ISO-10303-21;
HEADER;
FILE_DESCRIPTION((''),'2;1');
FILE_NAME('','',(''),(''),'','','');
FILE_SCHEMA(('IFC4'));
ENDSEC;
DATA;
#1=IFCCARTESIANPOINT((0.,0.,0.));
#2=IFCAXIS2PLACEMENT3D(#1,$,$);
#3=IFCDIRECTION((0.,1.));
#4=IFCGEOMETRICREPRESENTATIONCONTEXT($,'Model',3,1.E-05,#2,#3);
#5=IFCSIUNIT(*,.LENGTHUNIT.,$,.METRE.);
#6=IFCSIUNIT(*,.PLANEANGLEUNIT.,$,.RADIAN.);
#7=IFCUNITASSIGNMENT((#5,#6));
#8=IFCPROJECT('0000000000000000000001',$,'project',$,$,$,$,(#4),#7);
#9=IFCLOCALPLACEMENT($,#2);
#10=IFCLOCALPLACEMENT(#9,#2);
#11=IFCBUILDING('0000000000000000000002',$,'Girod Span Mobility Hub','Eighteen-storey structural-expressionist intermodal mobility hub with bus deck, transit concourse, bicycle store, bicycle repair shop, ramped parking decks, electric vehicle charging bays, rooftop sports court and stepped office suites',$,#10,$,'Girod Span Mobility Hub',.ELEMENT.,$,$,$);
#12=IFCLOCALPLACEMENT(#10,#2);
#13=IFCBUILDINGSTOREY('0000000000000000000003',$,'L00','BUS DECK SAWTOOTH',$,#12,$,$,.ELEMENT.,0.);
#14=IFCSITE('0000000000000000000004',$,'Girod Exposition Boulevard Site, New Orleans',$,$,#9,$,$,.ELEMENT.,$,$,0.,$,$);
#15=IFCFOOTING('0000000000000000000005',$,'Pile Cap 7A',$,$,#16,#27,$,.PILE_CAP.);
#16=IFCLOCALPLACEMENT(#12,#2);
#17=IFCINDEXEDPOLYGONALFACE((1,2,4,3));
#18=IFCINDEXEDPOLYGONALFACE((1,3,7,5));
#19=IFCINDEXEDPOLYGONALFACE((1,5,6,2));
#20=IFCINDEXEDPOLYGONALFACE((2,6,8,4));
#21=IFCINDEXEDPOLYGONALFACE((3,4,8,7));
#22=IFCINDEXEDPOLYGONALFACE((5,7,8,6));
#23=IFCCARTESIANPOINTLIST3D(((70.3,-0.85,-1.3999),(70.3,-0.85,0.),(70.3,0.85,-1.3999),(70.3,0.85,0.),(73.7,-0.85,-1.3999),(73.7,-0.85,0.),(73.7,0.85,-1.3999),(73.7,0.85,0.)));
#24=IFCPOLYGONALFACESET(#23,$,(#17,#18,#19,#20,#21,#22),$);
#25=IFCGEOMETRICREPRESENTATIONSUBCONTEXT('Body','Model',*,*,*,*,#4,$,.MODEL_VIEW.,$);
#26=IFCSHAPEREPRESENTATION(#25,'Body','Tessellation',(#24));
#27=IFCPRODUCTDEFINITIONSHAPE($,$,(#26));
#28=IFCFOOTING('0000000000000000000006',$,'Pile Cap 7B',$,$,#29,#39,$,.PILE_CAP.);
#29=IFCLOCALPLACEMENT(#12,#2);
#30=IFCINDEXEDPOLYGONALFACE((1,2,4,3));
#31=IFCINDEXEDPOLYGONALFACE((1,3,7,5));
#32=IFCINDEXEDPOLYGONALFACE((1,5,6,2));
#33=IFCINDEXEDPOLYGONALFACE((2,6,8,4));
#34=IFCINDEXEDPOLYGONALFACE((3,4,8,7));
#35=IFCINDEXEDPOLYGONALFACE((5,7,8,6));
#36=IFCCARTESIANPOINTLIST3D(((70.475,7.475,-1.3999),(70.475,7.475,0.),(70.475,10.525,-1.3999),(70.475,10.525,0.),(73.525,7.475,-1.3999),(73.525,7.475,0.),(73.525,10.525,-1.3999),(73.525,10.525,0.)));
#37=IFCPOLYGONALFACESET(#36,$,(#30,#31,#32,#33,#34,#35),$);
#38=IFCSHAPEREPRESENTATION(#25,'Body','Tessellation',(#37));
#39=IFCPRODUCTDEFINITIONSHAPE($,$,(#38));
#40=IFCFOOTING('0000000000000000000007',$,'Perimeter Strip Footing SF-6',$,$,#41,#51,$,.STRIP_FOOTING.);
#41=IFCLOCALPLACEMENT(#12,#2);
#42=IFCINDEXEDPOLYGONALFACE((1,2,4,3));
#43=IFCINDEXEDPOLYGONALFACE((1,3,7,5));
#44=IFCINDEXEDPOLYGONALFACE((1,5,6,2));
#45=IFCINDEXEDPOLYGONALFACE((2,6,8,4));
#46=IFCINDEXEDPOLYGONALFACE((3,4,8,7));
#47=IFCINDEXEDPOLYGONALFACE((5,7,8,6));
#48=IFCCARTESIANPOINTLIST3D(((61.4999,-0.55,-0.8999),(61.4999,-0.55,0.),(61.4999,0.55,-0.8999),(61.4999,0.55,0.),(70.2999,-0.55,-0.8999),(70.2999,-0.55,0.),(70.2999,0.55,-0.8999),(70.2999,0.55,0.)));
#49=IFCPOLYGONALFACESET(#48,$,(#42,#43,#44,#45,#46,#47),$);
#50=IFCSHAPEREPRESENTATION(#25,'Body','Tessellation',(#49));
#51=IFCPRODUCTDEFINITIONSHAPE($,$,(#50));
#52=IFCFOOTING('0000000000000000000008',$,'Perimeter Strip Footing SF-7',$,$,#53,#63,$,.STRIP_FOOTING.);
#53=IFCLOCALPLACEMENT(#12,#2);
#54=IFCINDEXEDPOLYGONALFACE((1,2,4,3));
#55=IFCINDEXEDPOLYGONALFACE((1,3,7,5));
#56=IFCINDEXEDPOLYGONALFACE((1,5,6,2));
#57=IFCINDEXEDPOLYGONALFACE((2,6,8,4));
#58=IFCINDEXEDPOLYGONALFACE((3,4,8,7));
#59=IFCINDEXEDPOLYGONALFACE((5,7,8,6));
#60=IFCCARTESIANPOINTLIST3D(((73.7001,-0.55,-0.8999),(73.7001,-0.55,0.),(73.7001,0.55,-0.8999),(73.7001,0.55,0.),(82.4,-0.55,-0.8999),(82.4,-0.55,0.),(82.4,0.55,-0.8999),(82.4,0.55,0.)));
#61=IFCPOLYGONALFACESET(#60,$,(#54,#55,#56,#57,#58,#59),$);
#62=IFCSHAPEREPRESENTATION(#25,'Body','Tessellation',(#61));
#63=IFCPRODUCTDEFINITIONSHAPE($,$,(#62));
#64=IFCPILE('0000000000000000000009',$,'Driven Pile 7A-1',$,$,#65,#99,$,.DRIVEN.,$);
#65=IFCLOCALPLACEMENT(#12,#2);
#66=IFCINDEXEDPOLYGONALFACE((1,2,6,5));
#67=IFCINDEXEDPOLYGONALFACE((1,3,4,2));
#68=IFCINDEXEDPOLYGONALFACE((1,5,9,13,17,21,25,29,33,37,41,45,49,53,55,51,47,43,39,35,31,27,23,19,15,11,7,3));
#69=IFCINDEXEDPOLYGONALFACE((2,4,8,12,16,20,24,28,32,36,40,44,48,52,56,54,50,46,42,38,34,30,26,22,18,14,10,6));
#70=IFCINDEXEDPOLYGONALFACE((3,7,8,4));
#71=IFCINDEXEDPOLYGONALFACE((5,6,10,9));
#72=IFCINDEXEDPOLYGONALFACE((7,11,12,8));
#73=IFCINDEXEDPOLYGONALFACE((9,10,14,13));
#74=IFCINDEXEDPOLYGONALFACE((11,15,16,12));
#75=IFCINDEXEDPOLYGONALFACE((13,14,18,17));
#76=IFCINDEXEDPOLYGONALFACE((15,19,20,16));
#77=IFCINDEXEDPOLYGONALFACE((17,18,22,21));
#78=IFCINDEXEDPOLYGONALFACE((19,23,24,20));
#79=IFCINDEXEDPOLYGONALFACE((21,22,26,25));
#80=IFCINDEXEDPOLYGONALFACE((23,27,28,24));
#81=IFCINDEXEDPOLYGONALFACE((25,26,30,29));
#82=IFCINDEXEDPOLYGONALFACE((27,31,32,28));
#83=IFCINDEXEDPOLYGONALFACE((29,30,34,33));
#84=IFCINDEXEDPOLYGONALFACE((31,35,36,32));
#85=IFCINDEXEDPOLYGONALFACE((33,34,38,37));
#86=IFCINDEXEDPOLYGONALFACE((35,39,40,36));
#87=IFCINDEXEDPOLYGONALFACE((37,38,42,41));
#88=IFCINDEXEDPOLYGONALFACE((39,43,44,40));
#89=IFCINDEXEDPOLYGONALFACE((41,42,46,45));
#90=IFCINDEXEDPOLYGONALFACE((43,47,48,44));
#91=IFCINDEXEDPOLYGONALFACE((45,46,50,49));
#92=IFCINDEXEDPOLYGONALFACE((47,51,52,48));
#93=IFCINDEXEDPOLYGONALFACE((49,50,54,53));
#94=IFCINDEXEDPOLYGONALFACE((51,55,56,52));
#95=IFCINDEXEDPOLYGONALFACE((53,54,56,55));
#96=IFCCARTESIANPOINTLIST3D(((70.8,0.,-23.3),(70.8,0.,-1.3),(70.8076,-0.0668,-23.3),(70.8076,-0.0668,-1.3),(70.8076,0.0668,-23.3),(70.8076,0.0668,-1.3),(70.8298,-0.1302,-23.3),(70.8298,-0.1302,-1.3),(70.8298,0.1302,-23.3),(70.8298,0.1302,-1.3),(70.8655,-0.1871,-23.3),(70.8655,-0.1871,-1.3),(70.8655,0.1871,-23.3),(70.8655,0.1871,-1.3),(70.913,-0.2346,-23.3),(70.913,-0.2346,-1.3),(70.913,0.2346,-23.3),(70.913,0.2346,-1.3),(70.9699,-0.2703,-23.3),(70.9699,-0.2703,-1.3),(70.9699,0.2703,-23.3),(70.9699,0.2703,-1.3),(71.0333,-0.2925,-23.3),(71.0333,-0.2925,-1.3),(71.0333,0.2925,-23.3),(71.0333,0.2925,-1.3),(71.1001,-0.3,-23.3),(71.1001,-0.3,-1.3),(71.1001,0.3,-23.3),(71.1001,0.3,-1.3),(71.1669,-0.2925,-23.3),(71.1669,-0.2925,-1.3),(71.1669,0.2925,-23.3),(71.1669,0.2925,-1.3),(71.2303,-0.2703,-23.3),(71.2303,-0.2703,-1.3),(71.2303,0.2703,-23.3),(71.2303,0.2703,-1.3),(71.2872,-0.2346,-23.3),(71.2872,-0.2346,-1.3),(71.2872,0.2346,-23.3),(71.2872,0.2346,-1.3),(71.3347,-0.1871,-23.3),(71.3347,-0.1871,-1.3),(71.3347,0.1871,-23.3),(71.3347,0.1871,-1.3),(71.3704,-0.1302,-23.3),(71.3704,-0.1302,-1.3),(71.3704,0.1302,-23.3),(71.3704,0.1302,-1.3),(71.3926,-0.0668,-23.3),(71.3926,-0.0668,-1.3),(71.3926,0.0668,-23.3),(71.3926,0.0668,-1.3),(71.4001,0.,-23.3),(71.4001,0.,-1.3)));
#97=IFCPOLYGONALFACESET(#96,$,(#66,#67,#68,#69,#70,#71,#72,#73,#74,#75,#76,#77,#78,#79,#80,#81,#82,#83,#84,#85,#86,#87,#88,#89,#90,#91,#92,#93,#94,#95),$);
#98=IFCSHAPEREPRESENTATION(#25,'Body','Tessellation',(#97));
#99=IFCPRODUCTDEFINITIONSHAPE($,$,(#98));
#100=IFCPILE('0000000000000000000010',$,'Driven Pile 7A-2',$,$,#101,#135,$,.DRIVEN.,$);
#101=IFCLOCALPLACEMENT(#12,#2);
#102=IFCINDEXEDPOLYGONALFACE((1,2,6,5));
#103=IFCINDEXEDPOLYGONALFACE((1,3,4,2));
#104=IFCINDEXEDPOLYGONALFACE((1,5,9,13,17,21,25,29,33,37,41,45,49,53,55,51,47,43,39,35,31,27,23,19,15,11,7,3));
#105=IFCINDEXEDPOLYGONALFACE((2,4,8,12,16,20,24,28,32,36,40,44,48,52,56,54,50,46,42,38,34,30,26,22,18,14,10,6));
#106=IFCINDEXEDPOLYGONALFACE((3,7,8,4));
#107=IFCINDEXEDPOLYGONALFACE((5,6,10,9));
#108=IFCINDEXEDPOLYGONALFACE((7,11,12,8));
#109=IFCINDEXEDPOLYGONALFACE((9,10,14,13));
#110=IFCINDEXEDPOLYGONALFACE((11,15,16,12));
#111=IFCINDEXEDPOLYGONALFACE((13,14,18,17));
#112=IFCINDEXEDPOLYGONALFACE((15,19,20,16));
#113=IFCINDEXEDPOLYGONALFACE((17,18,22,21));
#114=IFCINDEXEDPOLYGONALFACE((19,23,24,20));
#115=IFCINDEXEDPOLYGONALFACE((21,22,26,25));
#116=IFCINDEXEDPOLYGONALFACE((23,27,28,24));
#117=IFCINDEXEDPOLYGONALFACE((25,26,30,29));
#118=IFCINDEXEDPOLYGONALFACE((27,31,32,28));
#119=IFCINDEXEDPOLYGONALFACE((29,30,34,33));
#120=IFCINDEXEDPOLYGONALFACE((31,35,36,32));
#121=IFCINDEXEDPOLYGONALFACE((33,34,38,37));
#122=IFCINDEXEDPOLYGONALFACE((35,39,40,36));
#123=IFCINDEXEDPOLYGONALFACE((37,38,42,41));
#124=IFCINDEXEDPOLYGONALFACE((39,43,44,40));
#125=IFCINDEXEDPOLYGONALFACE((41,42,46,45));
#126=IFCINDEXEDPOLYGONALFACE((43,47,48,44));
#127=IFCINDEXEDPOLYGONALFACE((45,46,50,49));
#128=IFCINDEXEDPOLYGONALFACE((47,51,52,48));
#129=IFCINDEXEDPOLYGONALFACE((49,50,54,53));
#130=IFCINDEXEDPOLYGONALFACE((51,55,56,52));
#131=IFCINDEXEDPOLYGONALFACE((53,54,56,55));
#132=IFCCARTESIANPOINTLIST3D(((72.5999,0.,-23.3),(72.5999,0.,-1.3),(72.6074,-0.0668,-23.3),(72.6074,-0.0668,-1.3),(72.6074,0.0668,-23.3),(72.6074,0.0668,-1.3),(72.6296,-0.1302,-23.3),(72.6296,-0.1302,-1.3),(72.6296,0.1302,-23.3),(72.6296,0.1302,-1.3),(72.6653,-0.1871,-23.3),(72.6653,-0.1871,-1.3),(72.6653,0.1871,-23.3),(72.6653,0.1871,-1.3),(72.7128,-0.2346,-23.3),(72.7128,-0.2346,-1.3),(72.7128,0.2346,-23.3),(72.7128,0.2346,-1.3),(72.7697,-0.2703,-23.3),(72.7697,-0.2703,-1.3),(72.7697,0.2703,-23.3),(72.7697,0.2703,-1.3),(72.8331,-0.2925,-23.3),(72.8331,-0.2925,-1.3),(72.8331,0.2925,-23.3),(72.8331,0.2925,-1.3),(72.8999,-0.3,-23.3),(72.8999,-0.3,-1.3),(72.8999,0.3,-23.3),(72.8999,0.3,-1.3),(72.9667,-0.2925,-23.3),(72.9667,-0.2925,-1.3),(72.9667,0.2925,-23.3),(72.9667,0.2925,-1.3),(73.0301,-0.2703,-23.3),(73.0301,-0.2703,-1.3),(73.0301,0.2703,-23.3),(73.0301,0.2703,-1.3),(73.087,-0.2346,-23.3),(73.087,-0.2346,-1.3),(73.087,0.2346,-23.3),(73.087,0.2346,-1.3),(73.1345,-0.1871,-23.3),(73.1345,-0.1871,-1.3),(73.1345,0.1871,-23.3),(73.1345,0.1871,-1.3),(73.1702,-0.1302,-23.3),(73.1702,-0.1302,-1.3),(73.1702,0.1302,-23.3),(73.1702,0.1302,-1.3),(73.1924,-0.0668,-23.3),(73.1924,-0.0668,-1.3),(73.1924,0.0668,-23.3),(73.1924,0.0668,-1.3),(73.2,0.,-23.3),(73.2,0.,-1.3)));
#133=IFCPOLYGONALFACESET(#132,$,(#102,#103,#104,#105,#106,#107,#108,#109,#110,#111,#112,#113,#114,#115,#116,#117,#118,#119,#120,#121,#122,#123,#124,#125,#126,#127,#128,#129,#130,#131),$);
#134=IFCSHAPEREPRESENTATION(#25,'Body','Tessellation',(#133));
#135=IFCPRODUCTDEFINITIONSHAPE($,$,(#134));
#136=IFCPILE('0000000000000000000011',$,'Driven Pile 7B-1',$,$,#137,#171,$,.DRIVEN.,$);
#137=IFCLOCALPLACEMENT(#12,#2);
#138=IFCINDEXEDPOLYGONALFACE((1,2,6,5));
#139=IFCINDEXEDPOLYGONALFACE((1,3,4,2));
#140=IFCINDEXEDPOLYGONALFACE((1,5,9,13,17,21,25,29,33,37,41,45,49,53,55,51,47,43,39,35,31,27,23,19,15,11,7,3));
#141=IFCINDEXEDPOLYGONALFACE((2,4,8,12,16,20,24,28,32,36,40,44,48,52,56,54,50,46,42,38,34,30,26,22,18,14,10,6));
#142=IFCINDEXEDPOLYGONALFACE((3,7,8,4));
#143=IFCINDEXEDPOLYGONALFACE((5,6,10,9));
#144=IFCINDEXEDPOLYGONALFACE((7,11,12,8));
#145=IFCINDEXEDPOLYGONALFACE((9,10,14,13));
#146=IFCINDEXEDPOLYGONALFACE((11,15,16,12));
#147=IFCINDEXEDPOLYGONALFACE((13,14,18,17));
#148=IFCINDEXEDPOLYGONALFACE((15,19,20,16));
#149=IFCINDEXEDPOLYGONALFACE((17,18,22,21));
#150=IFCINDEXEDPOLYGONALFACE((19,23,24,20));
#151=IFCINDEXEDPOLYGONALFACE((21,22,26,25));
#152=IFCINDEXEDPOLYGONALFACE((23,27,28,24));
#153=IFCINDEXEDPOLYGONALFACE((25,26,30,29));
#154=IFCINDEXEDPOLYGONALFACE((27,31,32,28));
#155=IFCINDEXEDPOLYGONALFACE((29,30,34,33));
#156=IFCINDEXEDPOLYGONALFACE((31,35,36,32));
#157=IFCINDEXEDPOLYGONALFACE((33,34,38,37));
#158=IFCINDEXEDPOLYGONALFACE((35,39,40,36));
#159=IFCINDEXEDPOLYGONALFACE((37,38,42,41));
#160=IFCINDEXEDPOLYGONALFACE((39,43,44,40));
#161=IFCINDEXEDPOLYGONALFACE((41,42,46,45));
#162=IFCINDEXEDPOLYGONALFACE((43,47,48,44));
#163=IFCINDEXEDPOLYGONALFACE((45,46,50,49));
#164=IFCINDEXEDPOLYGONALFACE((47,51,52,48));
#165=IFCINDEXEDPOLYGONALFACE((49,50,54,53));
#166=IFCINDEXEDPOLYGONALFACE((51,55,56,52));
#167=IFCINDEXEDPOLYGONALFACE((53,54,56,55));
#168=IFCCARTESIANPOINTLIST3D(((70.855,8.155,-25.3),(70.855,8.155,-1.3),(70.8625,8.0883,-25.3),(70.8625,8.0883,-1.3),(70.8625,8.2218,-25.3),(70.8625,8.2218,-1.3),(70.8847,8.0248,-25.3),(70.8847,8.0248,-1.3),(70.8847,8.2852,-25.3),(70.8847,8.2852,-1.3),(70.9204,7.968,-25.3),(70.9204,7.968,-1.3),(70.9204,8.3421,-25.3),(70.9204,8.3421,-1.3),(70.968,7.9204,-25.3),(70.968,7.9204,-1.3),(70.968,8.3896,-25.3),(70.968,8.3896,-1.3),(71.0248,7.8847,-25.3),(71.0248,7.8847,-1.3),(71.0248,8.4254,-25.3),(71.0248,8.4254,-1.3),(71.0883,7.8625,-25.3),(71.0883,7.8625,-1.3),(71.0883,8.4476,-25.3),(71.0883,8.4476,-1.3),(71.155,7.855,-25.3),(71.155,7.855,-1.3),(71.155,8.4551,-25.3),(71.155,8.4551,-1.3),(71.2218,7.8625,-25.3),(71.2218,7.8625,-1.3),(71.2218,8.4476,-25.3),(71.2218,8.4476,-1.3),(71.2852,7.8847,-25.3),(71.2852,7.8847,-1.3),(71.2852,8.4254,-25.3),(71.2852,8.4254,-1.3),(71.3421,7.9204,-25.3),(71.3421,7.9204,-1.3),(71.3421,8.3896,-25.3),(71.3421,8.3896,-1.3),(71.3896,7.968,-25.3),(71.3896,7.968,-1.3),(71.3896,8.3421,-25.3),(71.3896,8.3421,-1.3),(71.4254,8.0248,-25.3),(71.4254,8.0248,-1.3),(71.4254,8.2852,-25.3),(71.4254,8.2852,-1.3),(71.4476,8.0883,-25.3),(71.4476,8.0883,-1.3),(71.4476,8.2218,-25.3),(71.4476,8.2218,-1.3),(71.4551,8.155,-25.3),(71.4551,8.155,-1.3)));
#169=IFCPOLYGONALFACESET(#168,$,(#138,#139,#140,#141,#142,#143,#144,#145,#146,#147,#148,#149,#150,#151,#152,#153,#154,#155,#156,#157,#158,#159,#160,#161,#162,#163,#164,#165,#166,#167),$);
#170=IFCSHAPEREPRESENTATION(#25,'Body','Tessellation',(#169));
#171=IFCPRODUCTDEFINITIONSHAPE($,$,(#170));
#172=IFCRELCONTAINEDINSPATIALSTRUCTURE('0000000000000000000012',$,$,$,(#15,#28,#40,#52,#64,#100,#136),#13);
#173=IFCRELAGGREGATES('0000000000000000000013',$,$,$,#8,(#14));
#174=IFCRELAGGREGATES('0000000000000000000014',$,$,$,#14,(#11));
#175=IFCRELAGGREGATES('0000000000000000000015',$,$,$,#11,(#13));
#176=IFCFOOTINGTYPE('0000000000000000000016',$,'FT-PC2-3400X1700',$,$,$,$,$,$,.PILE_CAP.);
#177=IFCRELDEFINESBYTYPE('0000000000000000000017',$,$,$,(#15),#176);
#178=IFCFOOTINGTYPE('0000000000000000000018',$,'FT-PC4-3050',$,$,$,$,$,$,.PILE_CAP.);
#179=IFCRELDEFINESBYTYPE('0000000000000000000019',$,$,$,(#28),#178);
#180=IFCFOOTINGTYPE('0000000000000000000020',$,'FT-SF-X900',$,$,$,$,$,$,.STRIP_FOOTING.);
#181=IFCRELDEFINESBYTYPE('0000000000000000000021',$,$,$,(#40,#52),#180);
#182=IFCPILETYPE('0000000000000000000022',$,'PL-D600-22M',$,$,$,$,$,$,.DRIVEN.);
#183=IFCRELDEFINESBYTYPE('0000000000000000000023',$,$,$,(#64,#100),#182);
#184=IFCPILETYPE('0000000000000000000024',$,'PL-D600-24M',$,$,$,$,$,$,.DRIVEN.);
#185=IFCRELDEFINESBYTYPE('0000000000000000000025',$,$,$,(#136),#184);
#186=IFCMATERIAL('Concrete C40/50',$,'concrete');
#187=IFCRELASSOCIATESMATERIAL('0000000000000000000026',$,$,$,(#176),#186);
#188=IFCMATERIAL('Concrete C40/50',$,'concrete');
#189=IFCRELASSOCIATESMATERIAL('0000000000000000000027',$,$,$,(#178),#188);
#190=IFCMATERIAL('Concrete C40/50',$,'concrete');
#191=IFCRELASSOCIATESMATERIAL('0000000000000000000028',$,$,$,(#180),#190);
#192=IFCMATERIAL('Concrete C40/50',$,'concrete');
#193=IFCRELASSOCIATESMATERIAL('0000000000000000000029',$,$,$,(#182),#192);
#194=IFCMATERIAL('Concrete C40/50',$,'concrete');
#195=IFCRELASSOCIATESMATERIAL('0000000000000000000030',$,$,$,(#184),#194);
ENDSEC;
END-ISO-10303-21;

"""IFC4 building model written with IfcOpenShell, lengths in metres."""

from ifc_helpers import new_model, si_unit, direction, frame, origin, origin_2d, place, context, subcontext, project, spatial, rectangle, circle, extrude, material, material_profile, profile_set, type_object, element, save


model = new_model("IFC4")

# Units and contexts
model_context = context("Model", 3, precision=1e-05, world=origin(), true_north=direction((0.0, 1.0)))
body_context = subcontext(model_context, "Body", "Model", "MODEL_VIEW")
ifc_project = project(units=[si_unit("LENGTHUNIT", "METRE"), si_unit("PLANEANGLEUNIT", "RADIAN")], contexts=[model_context])

# Site, building, storey
site_placement = place(None, origin())
site = spatial("IfcSite", under=ifc_project, at=site_placement, Name="Girod Exposition Boulevard Site, New Orleans", CompositionType="ELEMENT", RefElevation=0.0)
building_placement = place(site_placement, origin())
building = spatial("IfcBuilding", under=site, at=building_placement, Name="Girod Span Mobility Hub", Description="Eighteen-storey structural-expressionist intermodal mobility hub with bus deck, transit concourse, bicycle store, bicycle repair shop, ramped parking decks, electric vehicle charging bays, rooftop sports court and stepped office suites", LongName="Girod Span Mobility Hub", CompositionType="ELEMENT")
storey_placement = place(building_placement, origin())
storey = spatial("IfcBuildingStorey", under=building, at=storey_placement, Name="L00", Description="BUS DECK SAWTOOTH", CompositionType="ELEMENT", Elevation=0.0)

# Footings
ifc_material_1 = material(Name="Concrete C40/50", Category="concrete")
footing_type_1 = type_object("IfcFootingType", Name="FT-PC2-3400X1700", PredefinedType="PILE_CAP", material=ifc_material_1)
footing_1_placement = place(storey_placement, frame((72.0, 0.0, -1.3999), z_axis=(0.0, 0.0, 1.0), x_axis=(1.0, 0.0, 0.0)))
element("IfcFooting", 1, at=footing_1_placement, inside=storey, type_object=footing_type_1, Name="Pile Cap 7A", PredefinedType="PILE_CAP", context=body_context, shape_type="SweptSolid", body=[
    extrude(rectangle(XDim=3.3999, YDim=1.7, at=origin_2d()), origin(), (0.0, 0.0, 1.0), 1.3999),
])
ifc_material_2 = material(Name="Concrete C40/50", Category="concrete")
footing_type_2 = type_object("IfcFootingType", Name="FT-PC4-3050", PredefinedType="PILE_CAP", material=ifc_material_2)
footing_2_placement = place(storey_placement, frame((72.0, 9.0, -1.3999), z_axis=(0.0, 0.0, 1.0), x_axis=(1.0, 0.0, 0.0)))
element("IfcFooting", 2, at=footing_2_placement, inside=storey, type_object=footing_type_2, Name="Pile Cap 7B", PredefinedType="PILE_CAP", context=body_context, shape_type="SweptSolid", body=[
    extrude(rectangle(XDim=3.05, YDim=3.05, at=origin_2d()), origin(), (0.0, 0.0, 1.0), 1.3999),
])
ifc_material_3 = material(Name="Concrete C40/50", Category="concrete")
footing_type_3 = type_object("IfcFootingType", Name="FT-SF-X900", PredefinedType="STRIP_FOOTING", material=ifc_material_3)
footing_3_placement = place(storey_placement, frame((65.8999, 0.0, -0.8999), z_axis=(0.0, 0.0, 1.0), x_axis=(1.0, 0.0, 0.0)))
element("IfcFooting", 3, at=footing_3_placement, inside=storey, type_object=footing_type_3, Name="Perimeter Strip Footing SF-6", PredefinedType="STRIP_FOOTING", context=body_context, shape_type="SweptSolid", body=[
    extrude(rectangle(XDim=8.8, YDim=1.1001, at=origin_2d()), origin(), (0.0, 0.0, 1.0), 0.8999),
])
footing_4_placement = place(storey_placement, frame((78.05, 0.0, -0.8999), z_axis=(0.0, 0.0, 1.0), x_axis=(1.0, 0.0, 0.0)))
element("IfcFooting", 4, at=footing_4_placement, inside=storey, type_object=footing_type_3, Name="Perimeter Strip Footing SF-7", PredefinedType="STRIP_FOOTING", context=body_context, shape_type="SweptSolid", body=[
    extrude(rectangle(XDim=8.7, YDim=1.1001, at=origin_2d()), origin(), (0.0, 0.0, 1.0), 0.8999),
])

# Piles
ifc_material_4 = material(Name="Concrete C40/50", Category="concrete")
ifc_material_profile_1 = material_profile(ifc_material_4, circle(Radius=0.3, at=origin_2d()), Name="PILE-D600")
ifc_profile_set_1 = profile_set([ifc_material_profile_1], Name="Concrete C40/50")
pile_type_1 = type_object("IfcPileType", Name="PL-D600-22M", PredefinedType="DRIVEN", material=ifc_profile_set_1)
for number, where, z_axis, x_axis, name in (
    (5, (71.1001, 0.0, -1.3), (0.0, 0.0, -1.0), (1.0, 0.0, 0.0), "Driven Pile 7A-1"),
    (6, (72.8999, 0.0, -1.3), (0.0, 0.0, -1.0), (1.0, 0.0, 0.0), "Driven Pile 7A-2"),
):
    element("IfcPile", number, at=place(storey_placement, frame(where, z_axis=z_axis, x_axis=x_axis)), inside=storey, type_object=pile_type_1, Name=name, PredefinedType="DRIVEN", context=body_context, shape_type="SweptSolid", body=[
        extrude(circle(Radius=0.3, at=origin_2d()), origin(), (0.0, 0.0, 1.0), 22.0),
    ])
ifc_material_5 = material(Name="Concrete C40/50", Category="concrete")
ifc_material_profile_2 = material_profile(ifc_material_5, circle(Radius=0.3, at=origin_2d()), Name="PILE-D600")
ifc_profile_set_2 = profile_set([ifc_material_profile_2], Name="Concrete C40/50")
pile_type_2 = type_object("IfcPileType", Name="PL-D600-24M", PredefinedType="DRIVEN", material=ifc_profile_set_2)
for number, where, z_axis, x_axis, name in (
    (7, (71.155, 8.155, -1.3), (0.0, 0.0, -1.0), (1.0, 0.0, 0.0), "Driven Pile 7B-1"),
):
    element("IfcPile", number, at=place(storey_placement, frame(where, z_axis=z_axis, x_axis=x_axis)), inside=storey, type_object=pile_type_2, Name=name, PredefinedType="DRIVEN", context=body_context, shape_type="SweptSolid", body=[
        extrude(circle(Radius=0.3, at=origin_2d()), origin(), (0.0, 0.0, 1.0), 24.0),
    ])

save(model, "model.ifc")
